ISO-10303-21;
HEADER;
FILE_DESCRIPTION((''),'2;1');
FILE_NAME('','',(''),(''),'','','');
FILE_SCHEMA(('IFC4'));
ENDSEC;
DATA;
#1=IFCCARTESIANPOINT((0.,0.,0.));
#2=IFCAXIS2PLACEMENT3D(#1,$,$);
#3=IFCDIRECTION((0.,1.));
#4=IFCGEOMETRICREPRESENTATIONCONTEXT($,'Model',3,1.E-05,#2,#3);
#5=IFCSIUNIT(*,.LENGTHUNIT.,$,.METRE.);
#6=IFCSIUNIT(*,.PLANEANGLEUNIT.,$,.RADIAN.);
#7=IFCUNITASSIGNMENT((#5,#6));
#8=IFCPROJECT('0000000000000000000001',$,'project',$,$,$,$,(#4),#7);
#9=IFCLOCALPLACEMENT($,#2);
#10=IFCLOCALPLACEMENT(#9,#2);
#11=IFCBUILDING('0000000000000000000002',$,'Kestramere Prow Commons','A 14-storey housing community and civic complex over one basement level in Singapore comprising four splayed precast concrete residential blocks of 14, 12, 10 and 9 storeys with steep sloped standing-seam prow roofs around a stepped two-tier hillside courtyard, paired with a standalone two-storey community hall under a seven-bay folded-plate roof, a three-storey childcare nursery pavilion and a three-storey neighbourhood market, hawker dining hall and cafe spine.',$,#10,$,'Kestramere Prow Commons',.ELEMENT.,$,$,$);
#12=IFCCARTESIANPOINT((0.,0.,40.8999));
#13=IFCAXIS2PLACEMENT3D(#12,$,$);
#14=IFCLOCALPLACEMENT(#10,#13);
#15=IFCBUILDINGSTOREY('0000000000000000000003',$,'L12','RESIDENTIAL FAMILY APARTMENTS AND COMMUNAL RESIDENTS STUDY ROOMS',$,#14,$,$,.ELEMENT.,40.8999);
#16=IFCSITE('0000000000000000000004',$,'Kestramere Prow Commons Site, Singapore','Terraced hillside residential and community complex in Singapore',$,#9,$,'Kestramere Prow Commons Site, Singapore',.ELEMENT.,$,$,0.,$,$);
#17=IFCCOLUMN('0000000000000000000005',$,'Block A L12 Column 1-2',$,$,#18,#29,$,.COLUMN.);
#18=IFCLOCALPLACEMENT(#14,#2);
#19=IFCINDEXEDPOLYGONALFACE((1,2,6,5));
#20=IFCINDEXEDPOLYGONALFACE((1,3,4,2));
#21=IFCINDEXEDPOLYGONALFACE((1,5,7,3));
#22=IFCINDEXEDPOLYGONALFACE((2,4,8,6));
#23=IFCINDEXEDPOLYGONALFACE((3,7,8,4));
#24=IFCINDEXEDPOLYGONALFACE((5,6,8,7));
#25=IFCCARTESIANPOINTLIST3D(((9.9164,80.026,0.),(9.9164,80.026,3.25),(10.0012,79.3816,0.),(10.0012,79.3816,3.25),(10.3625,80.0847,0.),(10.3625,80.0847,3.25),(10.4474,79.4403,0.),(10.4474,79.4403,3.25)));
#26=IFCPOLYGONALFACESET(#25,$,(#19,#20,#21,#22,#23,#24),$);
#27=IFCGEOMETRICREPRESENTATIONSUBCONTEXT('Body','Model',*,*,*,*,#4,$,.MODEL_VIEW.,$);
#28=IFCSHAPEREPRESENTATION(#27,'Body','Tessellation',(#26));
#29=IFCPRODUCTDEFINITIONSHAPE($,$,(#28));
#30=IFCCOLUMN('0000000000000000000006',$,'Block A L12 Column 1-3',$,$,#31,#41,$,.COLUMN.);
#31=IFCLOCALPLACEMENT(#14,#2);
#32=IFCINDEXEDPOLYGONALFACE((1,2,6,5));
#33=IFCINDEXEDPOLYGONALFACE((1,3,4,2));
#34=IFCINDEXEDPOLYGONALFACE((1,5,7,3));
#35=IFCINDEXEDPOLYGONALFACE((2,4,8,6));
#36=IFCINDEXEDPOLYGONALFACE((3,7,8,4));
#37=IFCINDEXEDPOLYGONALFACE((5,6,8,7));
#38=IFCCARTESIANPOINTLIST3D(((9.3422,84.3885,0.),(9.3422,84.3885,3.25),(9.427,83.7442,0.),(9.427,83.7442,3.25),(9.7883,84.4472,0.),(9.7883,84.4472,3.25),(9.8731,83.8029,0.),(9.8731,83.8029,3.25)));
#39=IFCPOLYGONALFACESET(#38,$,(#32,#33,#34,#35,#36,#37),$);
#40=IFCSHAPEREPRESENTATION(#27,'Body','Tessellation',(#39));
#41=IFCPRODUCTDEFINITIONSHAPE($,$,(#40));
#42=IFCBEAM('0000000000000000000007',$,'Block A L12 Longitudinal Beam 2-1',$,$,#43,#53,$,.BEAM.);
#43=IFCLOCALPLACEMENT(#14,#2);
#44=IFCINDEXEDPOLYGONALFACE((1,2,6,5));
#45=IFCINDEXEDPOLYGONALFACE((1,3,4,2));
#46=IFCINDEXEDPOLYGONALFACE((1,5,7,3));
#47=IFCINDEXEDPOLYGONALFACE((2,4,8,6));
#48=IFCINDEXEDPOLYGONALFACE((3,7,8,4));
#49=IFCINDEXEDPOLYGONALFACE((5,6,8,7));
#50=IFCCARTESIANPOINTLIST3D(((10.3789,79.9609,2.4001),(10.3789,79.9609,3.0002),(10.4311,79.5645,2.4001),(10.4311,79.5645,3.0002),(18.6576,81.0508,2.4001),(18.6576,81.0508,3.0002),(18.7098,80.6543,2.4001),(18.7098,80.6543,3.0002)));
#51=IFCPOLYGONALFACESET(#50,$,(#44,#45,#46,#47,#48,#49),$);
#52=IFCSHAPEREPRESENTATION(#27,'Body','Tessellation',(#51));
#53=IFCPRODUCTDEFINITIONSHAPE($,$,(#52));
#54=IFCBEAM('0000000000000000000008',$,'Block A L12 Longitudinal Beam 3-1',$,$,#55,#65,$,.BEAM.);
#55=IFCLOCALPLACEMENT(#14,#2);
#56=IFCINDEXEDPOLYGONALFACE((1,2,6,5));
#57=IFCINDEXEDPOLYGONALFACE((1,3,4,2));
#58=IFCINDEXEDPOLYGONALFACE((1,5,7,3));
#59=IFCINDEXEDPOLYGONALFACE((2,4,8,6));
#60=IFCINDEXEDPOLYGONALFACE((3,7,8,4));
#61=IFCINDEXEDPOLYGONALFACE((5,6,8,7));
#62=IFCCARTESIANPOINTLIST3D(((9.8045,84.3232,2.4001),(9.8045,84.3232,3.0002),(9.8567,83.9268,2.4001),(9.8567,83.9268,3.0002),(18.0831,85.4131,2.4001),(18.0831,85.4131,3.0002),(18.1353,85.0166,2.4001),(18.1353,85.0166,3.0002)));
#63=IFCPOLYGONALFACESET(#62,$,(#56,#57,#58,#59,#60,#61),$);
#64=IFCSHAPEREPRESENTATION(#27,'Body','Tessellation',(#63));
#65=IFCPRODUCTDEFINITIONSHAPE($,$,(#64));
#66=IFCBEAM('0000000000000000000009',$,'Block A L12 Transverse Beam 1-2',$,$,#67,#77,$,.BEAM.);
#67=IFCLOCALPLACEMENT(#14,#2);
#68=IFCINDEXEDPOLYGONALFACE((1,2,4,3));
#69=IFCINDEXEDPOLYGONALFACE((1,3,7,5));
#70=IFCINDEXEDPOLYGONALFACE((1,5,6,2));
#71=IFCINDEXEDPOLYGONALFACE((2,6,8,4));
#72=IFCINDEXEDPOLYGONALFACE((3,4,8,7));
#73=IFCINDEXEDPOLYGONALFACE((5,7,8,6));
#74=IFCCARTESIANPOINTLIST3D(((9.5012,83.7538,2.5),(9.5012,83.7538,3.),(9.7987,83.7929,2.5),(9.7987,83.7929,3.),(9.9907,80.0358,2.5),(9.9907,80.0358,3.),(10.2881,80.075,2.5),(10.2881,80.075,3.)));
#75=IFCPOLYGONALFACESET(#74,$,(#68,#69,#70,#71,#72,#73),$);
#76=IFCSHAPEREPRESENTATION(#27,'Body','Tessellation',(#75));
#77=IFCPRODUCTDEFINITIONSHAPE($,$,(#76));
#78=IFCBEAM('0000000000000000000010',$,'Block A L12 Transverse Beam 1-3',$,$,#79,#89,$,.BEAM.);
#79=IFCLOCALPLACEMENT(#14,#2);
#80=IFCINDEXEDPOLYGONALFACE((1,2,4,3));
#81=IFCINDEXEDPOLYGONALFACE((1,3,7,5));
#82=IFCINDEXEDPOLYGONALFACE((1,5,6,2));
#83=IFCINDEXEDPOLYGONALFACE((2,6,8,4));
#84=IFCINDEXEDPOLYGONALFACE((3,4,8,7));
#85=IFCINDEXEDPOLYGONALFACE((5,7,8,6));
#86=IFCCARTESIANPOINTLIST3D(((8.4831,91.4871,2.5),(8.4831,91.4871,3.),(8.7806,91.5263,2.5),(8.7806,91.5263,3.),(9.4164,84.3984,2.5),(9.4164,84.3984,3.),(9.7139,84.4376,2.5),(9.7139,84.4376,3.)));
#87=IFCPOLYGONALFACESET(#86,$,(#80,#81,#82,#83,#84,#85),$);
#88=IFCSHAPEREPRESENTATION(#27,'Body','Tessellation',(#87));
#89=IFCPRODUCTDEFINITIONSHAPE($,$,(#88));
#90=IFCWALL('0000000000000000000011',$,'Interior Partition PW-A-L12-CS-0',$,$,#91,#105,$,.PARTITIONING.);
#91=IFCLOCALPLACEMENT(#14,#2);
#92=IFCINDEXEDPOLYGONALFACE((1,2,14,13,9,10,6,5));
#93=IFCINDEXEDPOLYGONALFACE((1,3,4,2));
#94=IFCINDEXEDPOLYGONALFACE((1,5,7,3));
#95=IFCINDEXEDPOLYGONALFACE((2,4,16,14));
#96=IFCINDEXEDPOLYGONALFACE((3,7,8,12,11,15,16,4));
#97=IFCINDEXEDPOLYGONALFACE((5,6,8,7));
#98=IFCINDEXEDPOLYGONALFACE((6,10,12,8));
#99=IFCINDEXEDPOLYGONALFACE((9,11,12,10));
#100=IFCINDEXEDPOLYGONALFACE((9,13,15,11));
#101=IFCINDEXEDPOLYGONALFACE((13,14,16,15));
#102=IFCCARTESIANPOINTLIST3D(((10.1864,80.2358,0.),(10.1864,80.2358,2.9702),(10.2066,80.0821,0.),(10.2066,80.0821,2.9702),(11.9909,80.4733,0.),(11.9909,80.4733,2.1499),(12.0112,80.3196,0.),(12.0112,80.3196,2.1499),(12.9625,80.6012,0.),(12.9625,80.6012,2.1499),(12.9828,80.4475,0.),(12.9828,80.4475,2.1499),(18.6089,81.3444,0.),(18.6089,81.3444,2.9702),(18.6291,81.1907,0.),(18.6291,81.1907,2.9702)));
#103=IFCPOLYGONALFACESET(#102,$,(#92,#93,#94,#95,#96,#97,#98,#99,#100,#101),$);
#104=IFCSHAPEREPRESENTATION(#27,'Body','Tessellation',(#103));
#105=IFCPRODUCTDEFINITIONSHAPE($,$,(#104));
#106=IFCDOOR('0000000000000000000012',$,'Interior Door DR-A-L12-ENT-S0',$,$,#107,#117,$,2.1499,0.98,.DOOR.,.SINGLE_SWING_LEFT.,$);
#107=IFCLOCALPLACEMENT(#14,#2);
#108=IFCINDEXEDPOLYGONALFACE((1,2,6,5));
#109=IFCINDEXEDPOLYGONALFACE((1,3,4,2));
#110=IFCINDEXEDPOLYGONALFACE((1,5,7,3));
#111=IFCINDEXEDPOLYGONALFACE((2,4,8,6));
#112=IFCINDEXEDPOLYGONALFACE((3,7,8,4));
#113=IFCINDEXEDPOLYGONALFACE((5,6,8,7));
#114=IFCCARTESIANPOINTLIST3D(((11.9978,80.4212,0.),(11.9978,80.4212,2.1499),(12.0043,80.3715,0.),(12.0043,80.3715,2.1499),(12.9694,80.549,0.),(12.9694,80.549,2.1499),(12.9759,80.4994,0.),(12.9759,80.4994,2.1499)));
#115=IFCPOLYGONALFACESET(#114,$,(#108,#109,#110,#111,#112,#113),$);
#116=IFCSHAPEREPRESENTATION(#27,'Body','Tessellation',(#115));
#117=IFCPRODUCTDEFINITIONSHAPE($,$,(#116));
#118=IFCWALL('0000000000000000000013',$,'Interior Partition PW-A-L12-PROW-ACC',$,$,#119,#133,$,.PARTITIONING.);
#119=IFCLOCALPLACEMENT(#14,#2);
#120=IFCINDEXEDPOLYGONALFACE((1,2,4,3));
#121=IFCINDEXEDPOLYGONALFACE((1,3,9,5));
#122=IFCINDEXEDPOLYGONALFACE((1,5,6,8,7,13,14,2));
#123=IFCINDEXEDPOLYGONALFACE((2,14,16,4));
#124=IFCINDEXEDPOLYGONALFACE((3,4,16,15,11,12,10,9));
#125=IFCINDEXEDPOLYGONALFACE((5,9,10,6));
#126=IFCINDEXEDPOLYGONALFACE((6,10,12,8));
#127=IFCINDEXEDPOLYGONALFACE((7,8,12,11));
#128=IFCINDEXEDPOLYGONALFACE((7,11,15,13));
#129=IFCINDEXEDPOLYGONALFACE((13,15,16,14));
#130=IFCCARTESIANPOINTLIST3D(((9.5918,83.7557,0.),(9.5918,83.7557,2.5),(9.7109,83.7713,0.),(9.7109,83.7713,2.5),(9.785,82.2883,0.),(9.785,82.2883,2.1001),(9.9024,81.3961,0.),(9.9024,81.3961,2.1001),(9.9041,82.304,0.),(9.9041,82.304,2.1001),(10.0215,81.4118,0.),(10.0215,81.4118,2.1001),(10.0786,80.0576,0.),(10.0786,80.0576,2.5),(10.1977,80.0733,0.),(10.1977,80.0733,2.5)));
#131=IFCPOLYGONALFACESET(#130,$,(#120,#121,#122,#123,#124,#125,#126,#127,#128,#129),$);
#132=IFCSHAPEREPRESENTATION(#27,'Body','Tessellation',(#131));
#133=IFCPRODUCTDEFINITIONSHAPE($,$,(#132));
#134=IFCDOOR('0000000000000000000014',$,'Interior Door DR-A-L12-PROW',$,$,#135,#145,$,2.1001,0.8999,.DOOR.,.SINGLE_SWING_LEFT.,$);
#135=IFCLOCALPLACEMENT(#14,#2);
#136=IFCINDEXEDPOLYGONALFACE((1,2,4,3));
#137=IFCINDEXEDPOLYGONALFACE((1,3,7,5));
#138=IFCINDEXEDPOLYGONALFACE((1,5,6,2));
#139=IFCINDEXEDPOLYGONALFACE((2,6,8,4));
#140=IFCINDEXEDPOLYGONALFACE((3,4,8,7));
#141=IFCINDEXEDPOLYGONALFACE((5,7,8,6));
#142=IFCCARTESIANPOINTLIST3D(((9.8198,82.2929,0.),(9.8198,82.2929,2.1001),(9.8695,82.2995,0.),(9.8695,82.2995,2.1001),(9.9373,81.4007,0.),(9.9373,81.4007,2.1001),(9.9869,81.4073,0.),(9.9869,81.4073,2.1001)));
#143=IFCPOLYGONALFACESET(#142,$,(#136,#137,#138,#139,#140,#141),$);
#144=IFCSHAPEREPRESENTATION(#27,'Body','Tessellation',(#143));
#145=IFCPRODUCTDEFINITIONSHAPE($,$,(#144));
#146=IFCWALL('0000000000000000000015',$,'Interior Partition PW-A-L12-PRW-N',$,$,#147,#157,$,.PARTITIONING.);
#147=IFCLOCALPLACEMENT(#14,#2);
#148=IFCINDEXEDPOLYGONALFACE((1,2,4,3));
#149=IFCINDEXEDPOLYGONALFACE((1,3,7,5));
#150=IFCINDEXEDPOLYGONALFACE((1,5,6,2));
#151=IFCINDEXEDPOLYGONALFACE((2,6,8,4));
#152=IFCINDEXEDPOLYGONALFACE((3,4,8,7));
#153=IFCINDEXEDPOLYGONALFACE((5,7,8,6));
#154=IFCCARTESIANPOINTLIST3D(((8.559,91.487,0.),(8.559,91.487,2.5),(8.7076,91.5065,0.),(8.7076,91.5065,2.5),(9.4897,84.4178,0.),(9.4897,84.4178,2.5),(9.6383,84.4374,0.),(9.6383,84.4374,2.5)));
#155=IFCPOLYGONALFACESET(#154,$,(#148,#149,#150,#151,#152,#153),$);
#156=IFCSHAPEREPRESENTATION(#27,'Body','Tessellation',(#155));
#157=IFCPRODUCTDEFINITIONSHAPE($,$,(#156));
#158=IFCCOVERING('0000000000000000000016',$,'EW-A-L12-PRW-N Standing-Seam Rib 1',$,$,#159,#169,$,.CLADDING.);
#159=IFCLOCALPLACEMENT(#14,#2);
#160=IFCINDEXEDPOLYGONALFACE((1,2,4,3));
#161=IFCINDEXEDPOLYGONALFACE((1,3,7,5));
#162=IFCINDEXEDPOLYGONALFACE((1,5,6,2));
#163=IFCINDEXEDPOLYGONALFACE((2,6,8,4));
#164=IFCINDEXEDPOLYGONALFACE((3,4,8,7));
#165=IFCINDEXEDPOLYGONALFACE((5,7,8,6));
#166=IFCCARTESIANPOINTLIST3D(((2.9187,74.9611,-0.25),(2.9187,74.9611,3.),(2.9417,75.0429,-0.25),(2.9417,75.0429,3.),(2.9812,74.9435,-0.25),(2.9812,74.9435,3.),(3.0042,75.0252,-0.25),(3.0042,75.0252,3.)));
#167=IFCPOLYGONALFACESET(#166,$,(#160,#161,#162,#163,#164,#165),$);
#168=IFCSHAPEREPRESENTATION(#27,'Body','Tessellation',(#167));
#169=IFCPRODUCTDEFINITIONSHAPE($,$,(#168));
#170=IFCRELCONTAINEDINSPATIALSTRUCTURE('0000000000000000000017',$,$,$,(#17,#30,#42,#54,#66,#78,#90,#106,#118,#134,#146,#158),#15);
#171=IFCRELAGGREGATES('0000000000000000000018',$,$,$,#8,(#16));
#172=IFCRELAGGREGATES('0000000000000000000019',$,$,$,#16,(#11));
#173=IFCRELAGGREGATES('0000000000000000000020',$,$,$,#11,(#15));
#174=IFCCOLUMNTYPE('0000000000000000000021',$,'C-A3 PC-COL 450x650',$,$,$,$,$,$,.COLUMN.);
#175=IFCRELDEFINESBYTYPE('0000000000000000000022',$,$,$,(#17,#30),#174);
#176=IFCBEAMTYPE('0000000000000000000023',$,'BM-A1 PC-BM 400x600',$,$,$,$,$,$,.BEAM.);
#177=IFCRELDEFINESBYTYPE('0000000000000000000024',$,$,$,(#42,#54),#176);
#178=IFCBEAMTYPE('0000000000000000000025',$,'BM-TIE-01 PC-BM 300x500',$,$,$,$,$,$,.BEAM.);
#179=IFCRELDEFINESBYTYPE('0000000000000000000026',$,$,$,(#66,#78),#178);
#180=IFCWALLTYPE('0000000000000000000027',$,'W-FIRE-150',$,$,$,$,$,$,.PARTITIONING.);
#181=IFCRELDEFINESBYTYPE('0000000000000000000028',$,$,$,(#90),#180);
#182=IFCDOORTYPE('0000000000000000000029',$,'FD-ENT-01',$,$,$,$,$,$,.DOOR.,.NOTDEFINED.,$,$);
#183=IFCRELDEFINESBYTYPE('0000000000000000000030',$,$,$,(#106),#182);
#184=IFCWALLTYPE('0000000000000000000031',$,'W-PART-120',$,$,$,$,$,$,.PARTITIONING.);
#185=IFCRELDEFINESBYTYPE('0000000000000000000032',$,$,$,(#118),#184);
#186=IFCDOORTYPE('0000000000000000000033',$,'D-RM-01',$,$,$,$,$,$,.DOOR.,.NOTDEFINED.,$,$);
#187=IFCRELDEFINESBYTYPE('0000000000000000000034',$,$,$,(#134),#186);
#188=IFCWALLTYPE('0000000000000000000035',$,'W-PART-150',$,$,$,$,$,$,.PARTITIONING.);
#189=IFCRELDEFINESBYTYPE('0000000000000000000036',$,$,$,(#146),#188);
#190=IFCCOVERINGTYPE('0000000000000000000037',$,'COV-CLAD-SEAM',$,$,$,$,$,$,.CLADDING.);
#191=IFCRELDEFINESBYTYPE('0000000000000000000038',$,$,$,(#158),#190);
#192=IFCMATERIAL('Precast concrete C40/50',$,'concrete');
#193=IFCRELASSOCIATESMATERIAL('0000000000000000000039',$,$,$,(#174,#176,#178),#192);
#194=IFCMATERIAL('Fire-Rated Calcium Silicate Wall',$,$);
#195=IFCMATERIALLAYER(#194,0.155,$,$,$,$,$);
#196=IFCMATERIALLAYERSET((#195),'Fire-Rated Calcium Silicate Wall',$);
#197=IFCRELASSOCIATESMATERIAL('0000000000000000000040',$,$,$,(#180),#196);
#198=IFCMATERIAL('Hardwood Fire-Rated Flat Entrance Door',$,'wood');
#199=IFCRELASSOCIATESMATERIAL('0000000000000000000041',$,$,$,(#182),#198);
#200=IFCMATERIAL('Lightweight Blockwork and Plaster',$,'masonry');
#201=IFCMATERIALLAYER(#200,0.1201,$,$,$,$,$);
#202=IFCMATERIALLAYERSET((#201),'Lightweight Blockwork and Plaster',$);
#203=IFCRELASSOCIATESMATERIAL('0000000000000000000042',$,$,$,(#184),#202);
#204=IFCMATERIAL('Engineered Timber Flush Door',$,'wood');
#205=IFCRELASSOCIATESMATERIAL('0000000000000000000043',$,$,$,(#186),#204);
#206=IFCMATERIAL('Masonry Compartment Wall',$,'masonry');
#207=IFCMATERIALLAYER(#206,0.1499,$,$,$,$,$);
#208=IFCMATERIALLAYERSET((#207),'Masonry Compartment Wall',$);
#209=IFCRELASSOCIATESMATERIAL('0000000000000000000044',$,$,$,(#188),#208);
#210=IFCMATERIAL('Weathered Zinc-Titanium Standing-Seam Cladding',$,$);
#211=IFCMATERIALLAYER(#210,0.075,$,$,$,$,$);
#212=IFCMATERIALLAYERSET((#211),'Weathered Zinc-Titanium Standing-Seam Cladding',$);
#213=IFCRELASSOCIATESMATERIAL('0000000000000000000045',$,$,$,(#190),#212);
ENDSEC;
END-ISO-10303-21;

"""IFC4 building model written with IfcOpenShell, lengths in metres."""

from ifc_helpers import new_model, si_unit, direction, frame, frame_2d, origin, origin_2d, place, context, subcontext, project, spatial, rectangle, extrude, material, layer, layer_set, material_profile, profile_set, type_object, element, fill, save


model = new_model("IFC4")

# Units and contexts
model_context = context("Model", 3, precision=1e-05, world=origin(), true_north=direction((0.0, 1.0)))
body_context = subcontext(model_context, "Body", "Model", "MODEL_VIEW")
ifc_project = project(units=[si_unit("LENGTHUNIT", "METRE"), si_unit("PLANEANGLEUNIT", "RADIAN")], contexts=[model_context])

# Site, building, storey
site_placement = place(None, origin())
site = spatial("IfcSite", under=ifc_project, at=site_placement, Name="Kestramere Prow Commons Site, Singapore", Description="Terraced hillside residential and community complex in Singapore", LongName="Kestramere Prow Commons Site, Singapore", CompositionType="ELEMENT", RefElevation=0.0)
building_placement = place(site_placement, origin())
building = spatial("IfcBuilding", under=site, at=building_placement, Name="Kestramere Prow Commons", Description="A 14-storey housing community and civic complex over one basement level in Singapore comprising four splayed precast concrete residential blocks of 14, 12, 10 and 9 storeys with steep sloped standing-seam prow roofs around a stepped two-tier hillside courtyard, paired with a standalone two-storey community hall under a seven-bay folded-plate roof, a three-storey childcare nursery pavilion and a three-storey neighbourhood market, hawker dining hall and cafe spine.", LongName="Kestramere Prow Commons", CompositionType="ELEMENT")
storey_placement = place(building_placement, frame((0.0, 0.0, 40.8999)))
storey = spatial("IfcBuildingStorey", under=building, at=storey_placement, Name="L12", Description="RESIDENTIAL FAMILY APARTMENTS AND COMMUNAL RESIDENTS STUDY ROOMS", CompositionType="ELEMENT", Elevation=40.8999)

# Columns
ifc_material_1 = material(Name="Precast concrete C40/50", Category="concrete")
ifc_material_profile_1 = material_profile(ifc_material_1, rectangle(XDim=0.45, YDim=0.6499, at=origin_2d()), Name="PC-COL 450x650")
ifc_profile_set_1 = profile_set([ifc_material_profile_1], Name="Precast concrete C40/50")
column_type = type_object("IfcColumnType", Name="C-A3 PC-COL 450x650", PredefinedType="COLUMN", material=ifc_profile_set_1)
for number, where, z_axis, x_axis, name in (
    (1, (10.1819, 79.7332, 0.0), (0.0, 0.0, 1.0), (0.991445, 0.130526, 0.0), "Block A L12 Column 1-2"),
    (2, (9.6077, 84.0957, 0.0), (0.0, 0.0, 1.0), (0.991445, 0.130526, 0.0), "Block A L12 Column 1-3"),
):
    element("IfcColumn", number, at=place(storey_placement, frame(where, z_axis=z_axis, x_axis=x_axis)), inside=storey, type_object=column_type, Name=name, PredefinedType="COLUMN", context=body_context, shape_type="SweptSolid", body=[
        extrude(rectangle(XDim=0.45, YDim=0.6499, at=origin_2d()), origin(), (0.0, 0.0, 1.0), 3.25),
    ])

# Beams
ifc_material_profile_2 = material_profile(ifc_material_1, rectangle(XDim=0.3999, YDim=0.6001, at=origin_2d()), Name="PC-BM 400x600")
ifc_profile_set_2 = profile_set([ifc_material_profile_2], Name="Precast concrete C40/50")
beam_type_1 = type_object("IfcBeamType", Name="BM-A1 PC-BM 400x600", PredefinedType="BEAM", material=ifc_profile_set_2)
for number, where, z_axis, x_axis, name in (
    (3, (10.405, 79.7627, 2.7002), (0.991446, 0.13052, 0.0), (-0.13052, 0.991446, 0.0), "Block A L12 Longitudinal Beam 2-1"),
    (4, (9.8306, 84.125, 2.7002), (0.991446, 0.13052, 0.0), (-0.13052, 0.991446, 0.0), "Block A L12 Longitudinal Beam 3-1"),
):
    element("IfcBeam", number, at=place(storey_placement, frame(where, z_axis=z_axis, x_axis=x_axis)), inside=storey, type_object=beam_type_1, Name=name, PredefinedType="BEAM", context=body_context, shape_type="SweptSolid", body=[
        extrude(rectangle(XDim=0.3999, YDim=0.6001, at=origin_2d()), origin(), (0.0, 0.0, 1.0), 8.3501),
    ])
ifc_material_profile_3 = material_profile(ifc_material_1, rectangle(XDim=0.3, YDim=0.5, at=origin_2d()), Name="PC-BM 300x500")
ifc_profile_set_3 = profile_set([ifc_material_profile_3], Name="Precast concrete C40/50")
beam_type_2 = type_object("IfcBeamType", Name="BM-TIE-01 PC-BM 300x500", PredefinedType="BEAM", material=ifc_profile_set_3)
beam_1_placement = place(storey_placement, frame((10.1394, 80.0554, 2.75), z_axis=(-0.13053, 0.991444, 0.0), x_axis=(-0.991444, -0.13053, 0.0)))
element("IfcBeam", 5, at=beam_1_placement, inside=storey, type_object=beam_type_2, Name="Block A L12 Transverse Beam 1-2", PredefinedType="BEAM", context=body_context, shape_type="SweptSolid", body=[
    extrude(rectangle(XDim=0.3, YDim=0.5, at=origin_2d()), origin(), (0.0, 0.0, 1.0), 3.75),
])
beam_2_placement = place(storey_placement, frame((9.5652, 84.418, 2.75), z_axis=(-0.130542, 0.991443, 0.0), x_axis=(-0.991443, -0.130542, 0.0)))
element("IfcBeam", 6, at=beam_2_placement, inside=storey, type_object=beam_type_2, Name="Block A L12 Transverse Beam 1-3", PredefinedType="BEAM", context=body_context, shape_type="SweptSolid", body=[
    extrude(rectangle(XDim=0.3, YDim=0.5, at=origin_2d()), origin(), (0.0, 0.0, 1.0), 7.1499),
])

# Walls, openings, doors
ifc_material_2 = material(Name="Fire-Rated Calcium Silicate Wall")
ifc_layer_1 = layer(ifc_material_2, 0.155)
ifc_layer_set_1 = layer_set([ifc_layer_1], Name="Fire-Rated Calcium Silicate Wall")
wall_type_1 = type_object("IfcWallType", Name="W-FIRE-150", PredefinedType="PARTITIONING", material=ifc_layer_set_1)
wall_1_placement = place(storey_placement, frame((10.1965, 80.1589, 0.0), z_axis=(0.0, 0.0, 1.0), x_axis=(0.991448, 0.130505, 0.0)))
wall_1 = element("IfcWall", 7, at=wall_1_placement, inside=storey, type_object=wall_type_1, Name="Interior Partition PW-A-L12-CS-0", PredefinedType="PARTITIONING", context=body_context, shape_type="SweptSolid", body=[
    extrude(rectangle(XDim=8.4951, YDim=0.155, at=frame_2d((4.2476, 0.0))), origin(), (0.0, 0.0, 1.0), 2.9702),
])
opening_1_placement = place(wall_1_placement, frame((1.8201, 0.0, 0.0)))
opening_1 = element("IfcOpeningElement", 8, at=opening_1_placement, cuts=wall_1, PredefinedType="OPENING", context=body_context, shape_type="SweptSolid", body=[
    extrude(rectangle(XDim=0.98, YDim=2.1499, at=frame_2d((0.49, 1.075))), frame((0.0, 0.0925, 0.0), z_axis=(0.0, -1.0, 0.0), x_axis=(1.0, 0.0, 0.0)), (0.0, 0.0, 1.0), 0.1851),
])
ifc_material_3 = material(Name="Hardwood Fire-Rated Flat Entrance Door", Category="wood")
door_type_1 = type_object("IfcDoorType", Name="FD-ENT-01", OperationType="NOTDEFINED", PredefinedType="DOOR", material=ifc_material_3)
door_1_placement = place(opening_1_placement, origin())
door_1 = element("IfcDoor", 9, at=door_1_placement, inside=storey, type_object=door_type_1, Name="Interior Door DR-A-L12-ENT-S0", OperationType="SINGLE_SWING_LEFT", OverallHeight=2.1499, OverallWidth=0.98, PredefinedType="DOOR", context=body_context, shape_type="SweptSolid", body=[
    extrude(rectangle(XDim=0.98, YDim=2.1499, at=frame_2d((0.49, 1.075))), frame((0.0, 0.0249, 0.0), z_axis=(0.0, -1.0, 0.0), x_axis=(1.0, 0.0, 0.0)), (0.0, 0.0, 1.0), 0.05),
])
fill(opening_1, door_1)
ifc_material_4 = material(Name="Lightweight Blockwork and Plaster", Category="masonry")
ifc_layer_2 = layer(ifc_material_4, 0.1201)
ifc_layer_set_2 = layer_set([ifc_layer_2], Name="Lightweight Blockwork and Plaster")
wall_type_2 = type_object("IfcWallType", Name="W-PART-120", PredefinedType="PARTITIONING", material=ifc_layer_set_2)
wall_2_placement = place(storey_placement, frame((10.1382, 80.0654, 0.0), z_axis=(0.0, 0.0, 1.0), x_axis=(-0.130517, 0.991446, 0.0)))
wall_2 = element("IfcWall", 10, at=wall_2_placement, inside=storey, type_object=wall_type_2, Name="Interior Partition PW-A-L12-PROW-ACC", PredefinedType="PARTITIONING", context=body_context, shape_type="SweptSolid", body=[
    extrude(rectangle(XDim=3.73, YDim=0.1201, at=frame_2d((1.865, 0.0))), origin(), (0.0, 0.0, 1.0), 2.5),
])
opening_2_placement = place(wall_2_placement, frame((1.3501, 0.0, 0.0)))
opening_2 = element("IfcOpeningElement", 11, at=opening_2_placement, cuts=wall_2, PredefinedType="OPENING", context=body_context, shape_type="SweptSolid", body=[
    extrude(rectangle(XDim=0.8999, YDim=2.1001, at=frame_2d((0.45, 1.05))), frame((0.0, 0.075, 0.0), z_axis=(0.0, -1.0, 0.0), x_axis=(1.0, 0.0, 0.0)), (0.0, 0.0, 1.0), 0.1501),
])
ifc_material_5 = material(Name="Engineered Timber Flush Door", Category="wood")
door_type_2 = type_object("IfcDoorType", Name="D-RM-01", OperationType="NOTDEFINED", PredefinedType="DOOR", material=ifc_material_5)
door_2_placement = place(opening_2_placement, origin())
door_2 = element("IfcDoor", 12, at=door_2_placement, inside=storey, type_object=door_type_2, Name="Interior Door DR-A-L12-PROW", OperationType="SINGLE_SWING_LEFT", OverallHeight=2.1001, OverallWidth=0.8999, PredefinedType="DOOR", context=body_context, shape_type="SweptSolid", body=[
    extrude(rectangle(XDim=0.8999, YDim=2.1001, at=frame_2d((0.45, 1.05))), frame((0.0, 0.0249, 0.0), z_axis=(0.0, -1.0, 0.0), x_axis=(1.0, 0.0, 0.0)), (0.0, 0.0, 1.0), 0.05),
])
fill(opening_2, door_2)

# Wall
ifc_material_6 = material(Name="Masonry Compartment Wall", Category="masonry")
ifc_layer_3 = layer(ifc_material_6, 0.1499)
ifc_layer_set_3 = layer_set([ifc_layer_3], Name="Masonry Compartment Wall")
wall_type_3 = type_object("IfcWallType", Name="W-PART-150", PredefinedType="PARTITIONING", material=ifc_layer_set_3)
wall_3_placement = place(storey_placement, frame((9.564, 84.4277, 0.0), z_axis=(0.0, 0.0, 1.0), x_axis=(-0.130526, 0.991445, 0.0)))
element("IfcWall", 13, at=wall_3_placement, inside=storey, type_object=wall_type_3, Name="Interior Partition PW-A-L12-PRW-N", PredefinedType="PARTITIONING", context=body_context, shape_type="SweptSolid", body=[
    extrude(rectangle(XDim=7.1301, YDim=0.1499, at=frame_2d((3.5649, 0.0))), origin(), (0.0, 0.0, 1.0), 2.5),
])

# Covering
ifc_material_7 = material(Name="Weathered Zinc-Titanium Standing-Seam Cladding")
ifc_layer_4 = layer(ifc_material_7, 0.075)
ifc_layer_set_4 = layer_set([ifc_layer_4], Name="Weathered Zinc-Titanium Standing-Seam Cladding")
covering_type = type_object("IfcCoveringType", Name="COV-CLAD-SEAM", PredefinedType="CLADDING", material=ifc_layer_set_4)
for number, where, z_axis, x_axis, name in (
    (14, (2.9614, 74.9932, -0.25), (0.0, 0.0, 1.0), (0.27116, 0.962534, 0.0), "EW-A-L12-PRW-N Standing-Seam Rib 1"),
):
    element("IfcCovering", number, at=place(storey_placement, frame(where, z_axis=z_axis, x_axis=x_axis)), inside=storey, type_object=covering_type, Name=name, PredefinedType="CLADDING", context=body_context, shape_type="SweptSolid", body=[
        extrude(rectangle(XDim=0.085, YDim=0.0649, at=origin_2d()), origin(), (0.0, 0.0, 1.0), 3.25),
    ])

save(model, "model.ifc")
